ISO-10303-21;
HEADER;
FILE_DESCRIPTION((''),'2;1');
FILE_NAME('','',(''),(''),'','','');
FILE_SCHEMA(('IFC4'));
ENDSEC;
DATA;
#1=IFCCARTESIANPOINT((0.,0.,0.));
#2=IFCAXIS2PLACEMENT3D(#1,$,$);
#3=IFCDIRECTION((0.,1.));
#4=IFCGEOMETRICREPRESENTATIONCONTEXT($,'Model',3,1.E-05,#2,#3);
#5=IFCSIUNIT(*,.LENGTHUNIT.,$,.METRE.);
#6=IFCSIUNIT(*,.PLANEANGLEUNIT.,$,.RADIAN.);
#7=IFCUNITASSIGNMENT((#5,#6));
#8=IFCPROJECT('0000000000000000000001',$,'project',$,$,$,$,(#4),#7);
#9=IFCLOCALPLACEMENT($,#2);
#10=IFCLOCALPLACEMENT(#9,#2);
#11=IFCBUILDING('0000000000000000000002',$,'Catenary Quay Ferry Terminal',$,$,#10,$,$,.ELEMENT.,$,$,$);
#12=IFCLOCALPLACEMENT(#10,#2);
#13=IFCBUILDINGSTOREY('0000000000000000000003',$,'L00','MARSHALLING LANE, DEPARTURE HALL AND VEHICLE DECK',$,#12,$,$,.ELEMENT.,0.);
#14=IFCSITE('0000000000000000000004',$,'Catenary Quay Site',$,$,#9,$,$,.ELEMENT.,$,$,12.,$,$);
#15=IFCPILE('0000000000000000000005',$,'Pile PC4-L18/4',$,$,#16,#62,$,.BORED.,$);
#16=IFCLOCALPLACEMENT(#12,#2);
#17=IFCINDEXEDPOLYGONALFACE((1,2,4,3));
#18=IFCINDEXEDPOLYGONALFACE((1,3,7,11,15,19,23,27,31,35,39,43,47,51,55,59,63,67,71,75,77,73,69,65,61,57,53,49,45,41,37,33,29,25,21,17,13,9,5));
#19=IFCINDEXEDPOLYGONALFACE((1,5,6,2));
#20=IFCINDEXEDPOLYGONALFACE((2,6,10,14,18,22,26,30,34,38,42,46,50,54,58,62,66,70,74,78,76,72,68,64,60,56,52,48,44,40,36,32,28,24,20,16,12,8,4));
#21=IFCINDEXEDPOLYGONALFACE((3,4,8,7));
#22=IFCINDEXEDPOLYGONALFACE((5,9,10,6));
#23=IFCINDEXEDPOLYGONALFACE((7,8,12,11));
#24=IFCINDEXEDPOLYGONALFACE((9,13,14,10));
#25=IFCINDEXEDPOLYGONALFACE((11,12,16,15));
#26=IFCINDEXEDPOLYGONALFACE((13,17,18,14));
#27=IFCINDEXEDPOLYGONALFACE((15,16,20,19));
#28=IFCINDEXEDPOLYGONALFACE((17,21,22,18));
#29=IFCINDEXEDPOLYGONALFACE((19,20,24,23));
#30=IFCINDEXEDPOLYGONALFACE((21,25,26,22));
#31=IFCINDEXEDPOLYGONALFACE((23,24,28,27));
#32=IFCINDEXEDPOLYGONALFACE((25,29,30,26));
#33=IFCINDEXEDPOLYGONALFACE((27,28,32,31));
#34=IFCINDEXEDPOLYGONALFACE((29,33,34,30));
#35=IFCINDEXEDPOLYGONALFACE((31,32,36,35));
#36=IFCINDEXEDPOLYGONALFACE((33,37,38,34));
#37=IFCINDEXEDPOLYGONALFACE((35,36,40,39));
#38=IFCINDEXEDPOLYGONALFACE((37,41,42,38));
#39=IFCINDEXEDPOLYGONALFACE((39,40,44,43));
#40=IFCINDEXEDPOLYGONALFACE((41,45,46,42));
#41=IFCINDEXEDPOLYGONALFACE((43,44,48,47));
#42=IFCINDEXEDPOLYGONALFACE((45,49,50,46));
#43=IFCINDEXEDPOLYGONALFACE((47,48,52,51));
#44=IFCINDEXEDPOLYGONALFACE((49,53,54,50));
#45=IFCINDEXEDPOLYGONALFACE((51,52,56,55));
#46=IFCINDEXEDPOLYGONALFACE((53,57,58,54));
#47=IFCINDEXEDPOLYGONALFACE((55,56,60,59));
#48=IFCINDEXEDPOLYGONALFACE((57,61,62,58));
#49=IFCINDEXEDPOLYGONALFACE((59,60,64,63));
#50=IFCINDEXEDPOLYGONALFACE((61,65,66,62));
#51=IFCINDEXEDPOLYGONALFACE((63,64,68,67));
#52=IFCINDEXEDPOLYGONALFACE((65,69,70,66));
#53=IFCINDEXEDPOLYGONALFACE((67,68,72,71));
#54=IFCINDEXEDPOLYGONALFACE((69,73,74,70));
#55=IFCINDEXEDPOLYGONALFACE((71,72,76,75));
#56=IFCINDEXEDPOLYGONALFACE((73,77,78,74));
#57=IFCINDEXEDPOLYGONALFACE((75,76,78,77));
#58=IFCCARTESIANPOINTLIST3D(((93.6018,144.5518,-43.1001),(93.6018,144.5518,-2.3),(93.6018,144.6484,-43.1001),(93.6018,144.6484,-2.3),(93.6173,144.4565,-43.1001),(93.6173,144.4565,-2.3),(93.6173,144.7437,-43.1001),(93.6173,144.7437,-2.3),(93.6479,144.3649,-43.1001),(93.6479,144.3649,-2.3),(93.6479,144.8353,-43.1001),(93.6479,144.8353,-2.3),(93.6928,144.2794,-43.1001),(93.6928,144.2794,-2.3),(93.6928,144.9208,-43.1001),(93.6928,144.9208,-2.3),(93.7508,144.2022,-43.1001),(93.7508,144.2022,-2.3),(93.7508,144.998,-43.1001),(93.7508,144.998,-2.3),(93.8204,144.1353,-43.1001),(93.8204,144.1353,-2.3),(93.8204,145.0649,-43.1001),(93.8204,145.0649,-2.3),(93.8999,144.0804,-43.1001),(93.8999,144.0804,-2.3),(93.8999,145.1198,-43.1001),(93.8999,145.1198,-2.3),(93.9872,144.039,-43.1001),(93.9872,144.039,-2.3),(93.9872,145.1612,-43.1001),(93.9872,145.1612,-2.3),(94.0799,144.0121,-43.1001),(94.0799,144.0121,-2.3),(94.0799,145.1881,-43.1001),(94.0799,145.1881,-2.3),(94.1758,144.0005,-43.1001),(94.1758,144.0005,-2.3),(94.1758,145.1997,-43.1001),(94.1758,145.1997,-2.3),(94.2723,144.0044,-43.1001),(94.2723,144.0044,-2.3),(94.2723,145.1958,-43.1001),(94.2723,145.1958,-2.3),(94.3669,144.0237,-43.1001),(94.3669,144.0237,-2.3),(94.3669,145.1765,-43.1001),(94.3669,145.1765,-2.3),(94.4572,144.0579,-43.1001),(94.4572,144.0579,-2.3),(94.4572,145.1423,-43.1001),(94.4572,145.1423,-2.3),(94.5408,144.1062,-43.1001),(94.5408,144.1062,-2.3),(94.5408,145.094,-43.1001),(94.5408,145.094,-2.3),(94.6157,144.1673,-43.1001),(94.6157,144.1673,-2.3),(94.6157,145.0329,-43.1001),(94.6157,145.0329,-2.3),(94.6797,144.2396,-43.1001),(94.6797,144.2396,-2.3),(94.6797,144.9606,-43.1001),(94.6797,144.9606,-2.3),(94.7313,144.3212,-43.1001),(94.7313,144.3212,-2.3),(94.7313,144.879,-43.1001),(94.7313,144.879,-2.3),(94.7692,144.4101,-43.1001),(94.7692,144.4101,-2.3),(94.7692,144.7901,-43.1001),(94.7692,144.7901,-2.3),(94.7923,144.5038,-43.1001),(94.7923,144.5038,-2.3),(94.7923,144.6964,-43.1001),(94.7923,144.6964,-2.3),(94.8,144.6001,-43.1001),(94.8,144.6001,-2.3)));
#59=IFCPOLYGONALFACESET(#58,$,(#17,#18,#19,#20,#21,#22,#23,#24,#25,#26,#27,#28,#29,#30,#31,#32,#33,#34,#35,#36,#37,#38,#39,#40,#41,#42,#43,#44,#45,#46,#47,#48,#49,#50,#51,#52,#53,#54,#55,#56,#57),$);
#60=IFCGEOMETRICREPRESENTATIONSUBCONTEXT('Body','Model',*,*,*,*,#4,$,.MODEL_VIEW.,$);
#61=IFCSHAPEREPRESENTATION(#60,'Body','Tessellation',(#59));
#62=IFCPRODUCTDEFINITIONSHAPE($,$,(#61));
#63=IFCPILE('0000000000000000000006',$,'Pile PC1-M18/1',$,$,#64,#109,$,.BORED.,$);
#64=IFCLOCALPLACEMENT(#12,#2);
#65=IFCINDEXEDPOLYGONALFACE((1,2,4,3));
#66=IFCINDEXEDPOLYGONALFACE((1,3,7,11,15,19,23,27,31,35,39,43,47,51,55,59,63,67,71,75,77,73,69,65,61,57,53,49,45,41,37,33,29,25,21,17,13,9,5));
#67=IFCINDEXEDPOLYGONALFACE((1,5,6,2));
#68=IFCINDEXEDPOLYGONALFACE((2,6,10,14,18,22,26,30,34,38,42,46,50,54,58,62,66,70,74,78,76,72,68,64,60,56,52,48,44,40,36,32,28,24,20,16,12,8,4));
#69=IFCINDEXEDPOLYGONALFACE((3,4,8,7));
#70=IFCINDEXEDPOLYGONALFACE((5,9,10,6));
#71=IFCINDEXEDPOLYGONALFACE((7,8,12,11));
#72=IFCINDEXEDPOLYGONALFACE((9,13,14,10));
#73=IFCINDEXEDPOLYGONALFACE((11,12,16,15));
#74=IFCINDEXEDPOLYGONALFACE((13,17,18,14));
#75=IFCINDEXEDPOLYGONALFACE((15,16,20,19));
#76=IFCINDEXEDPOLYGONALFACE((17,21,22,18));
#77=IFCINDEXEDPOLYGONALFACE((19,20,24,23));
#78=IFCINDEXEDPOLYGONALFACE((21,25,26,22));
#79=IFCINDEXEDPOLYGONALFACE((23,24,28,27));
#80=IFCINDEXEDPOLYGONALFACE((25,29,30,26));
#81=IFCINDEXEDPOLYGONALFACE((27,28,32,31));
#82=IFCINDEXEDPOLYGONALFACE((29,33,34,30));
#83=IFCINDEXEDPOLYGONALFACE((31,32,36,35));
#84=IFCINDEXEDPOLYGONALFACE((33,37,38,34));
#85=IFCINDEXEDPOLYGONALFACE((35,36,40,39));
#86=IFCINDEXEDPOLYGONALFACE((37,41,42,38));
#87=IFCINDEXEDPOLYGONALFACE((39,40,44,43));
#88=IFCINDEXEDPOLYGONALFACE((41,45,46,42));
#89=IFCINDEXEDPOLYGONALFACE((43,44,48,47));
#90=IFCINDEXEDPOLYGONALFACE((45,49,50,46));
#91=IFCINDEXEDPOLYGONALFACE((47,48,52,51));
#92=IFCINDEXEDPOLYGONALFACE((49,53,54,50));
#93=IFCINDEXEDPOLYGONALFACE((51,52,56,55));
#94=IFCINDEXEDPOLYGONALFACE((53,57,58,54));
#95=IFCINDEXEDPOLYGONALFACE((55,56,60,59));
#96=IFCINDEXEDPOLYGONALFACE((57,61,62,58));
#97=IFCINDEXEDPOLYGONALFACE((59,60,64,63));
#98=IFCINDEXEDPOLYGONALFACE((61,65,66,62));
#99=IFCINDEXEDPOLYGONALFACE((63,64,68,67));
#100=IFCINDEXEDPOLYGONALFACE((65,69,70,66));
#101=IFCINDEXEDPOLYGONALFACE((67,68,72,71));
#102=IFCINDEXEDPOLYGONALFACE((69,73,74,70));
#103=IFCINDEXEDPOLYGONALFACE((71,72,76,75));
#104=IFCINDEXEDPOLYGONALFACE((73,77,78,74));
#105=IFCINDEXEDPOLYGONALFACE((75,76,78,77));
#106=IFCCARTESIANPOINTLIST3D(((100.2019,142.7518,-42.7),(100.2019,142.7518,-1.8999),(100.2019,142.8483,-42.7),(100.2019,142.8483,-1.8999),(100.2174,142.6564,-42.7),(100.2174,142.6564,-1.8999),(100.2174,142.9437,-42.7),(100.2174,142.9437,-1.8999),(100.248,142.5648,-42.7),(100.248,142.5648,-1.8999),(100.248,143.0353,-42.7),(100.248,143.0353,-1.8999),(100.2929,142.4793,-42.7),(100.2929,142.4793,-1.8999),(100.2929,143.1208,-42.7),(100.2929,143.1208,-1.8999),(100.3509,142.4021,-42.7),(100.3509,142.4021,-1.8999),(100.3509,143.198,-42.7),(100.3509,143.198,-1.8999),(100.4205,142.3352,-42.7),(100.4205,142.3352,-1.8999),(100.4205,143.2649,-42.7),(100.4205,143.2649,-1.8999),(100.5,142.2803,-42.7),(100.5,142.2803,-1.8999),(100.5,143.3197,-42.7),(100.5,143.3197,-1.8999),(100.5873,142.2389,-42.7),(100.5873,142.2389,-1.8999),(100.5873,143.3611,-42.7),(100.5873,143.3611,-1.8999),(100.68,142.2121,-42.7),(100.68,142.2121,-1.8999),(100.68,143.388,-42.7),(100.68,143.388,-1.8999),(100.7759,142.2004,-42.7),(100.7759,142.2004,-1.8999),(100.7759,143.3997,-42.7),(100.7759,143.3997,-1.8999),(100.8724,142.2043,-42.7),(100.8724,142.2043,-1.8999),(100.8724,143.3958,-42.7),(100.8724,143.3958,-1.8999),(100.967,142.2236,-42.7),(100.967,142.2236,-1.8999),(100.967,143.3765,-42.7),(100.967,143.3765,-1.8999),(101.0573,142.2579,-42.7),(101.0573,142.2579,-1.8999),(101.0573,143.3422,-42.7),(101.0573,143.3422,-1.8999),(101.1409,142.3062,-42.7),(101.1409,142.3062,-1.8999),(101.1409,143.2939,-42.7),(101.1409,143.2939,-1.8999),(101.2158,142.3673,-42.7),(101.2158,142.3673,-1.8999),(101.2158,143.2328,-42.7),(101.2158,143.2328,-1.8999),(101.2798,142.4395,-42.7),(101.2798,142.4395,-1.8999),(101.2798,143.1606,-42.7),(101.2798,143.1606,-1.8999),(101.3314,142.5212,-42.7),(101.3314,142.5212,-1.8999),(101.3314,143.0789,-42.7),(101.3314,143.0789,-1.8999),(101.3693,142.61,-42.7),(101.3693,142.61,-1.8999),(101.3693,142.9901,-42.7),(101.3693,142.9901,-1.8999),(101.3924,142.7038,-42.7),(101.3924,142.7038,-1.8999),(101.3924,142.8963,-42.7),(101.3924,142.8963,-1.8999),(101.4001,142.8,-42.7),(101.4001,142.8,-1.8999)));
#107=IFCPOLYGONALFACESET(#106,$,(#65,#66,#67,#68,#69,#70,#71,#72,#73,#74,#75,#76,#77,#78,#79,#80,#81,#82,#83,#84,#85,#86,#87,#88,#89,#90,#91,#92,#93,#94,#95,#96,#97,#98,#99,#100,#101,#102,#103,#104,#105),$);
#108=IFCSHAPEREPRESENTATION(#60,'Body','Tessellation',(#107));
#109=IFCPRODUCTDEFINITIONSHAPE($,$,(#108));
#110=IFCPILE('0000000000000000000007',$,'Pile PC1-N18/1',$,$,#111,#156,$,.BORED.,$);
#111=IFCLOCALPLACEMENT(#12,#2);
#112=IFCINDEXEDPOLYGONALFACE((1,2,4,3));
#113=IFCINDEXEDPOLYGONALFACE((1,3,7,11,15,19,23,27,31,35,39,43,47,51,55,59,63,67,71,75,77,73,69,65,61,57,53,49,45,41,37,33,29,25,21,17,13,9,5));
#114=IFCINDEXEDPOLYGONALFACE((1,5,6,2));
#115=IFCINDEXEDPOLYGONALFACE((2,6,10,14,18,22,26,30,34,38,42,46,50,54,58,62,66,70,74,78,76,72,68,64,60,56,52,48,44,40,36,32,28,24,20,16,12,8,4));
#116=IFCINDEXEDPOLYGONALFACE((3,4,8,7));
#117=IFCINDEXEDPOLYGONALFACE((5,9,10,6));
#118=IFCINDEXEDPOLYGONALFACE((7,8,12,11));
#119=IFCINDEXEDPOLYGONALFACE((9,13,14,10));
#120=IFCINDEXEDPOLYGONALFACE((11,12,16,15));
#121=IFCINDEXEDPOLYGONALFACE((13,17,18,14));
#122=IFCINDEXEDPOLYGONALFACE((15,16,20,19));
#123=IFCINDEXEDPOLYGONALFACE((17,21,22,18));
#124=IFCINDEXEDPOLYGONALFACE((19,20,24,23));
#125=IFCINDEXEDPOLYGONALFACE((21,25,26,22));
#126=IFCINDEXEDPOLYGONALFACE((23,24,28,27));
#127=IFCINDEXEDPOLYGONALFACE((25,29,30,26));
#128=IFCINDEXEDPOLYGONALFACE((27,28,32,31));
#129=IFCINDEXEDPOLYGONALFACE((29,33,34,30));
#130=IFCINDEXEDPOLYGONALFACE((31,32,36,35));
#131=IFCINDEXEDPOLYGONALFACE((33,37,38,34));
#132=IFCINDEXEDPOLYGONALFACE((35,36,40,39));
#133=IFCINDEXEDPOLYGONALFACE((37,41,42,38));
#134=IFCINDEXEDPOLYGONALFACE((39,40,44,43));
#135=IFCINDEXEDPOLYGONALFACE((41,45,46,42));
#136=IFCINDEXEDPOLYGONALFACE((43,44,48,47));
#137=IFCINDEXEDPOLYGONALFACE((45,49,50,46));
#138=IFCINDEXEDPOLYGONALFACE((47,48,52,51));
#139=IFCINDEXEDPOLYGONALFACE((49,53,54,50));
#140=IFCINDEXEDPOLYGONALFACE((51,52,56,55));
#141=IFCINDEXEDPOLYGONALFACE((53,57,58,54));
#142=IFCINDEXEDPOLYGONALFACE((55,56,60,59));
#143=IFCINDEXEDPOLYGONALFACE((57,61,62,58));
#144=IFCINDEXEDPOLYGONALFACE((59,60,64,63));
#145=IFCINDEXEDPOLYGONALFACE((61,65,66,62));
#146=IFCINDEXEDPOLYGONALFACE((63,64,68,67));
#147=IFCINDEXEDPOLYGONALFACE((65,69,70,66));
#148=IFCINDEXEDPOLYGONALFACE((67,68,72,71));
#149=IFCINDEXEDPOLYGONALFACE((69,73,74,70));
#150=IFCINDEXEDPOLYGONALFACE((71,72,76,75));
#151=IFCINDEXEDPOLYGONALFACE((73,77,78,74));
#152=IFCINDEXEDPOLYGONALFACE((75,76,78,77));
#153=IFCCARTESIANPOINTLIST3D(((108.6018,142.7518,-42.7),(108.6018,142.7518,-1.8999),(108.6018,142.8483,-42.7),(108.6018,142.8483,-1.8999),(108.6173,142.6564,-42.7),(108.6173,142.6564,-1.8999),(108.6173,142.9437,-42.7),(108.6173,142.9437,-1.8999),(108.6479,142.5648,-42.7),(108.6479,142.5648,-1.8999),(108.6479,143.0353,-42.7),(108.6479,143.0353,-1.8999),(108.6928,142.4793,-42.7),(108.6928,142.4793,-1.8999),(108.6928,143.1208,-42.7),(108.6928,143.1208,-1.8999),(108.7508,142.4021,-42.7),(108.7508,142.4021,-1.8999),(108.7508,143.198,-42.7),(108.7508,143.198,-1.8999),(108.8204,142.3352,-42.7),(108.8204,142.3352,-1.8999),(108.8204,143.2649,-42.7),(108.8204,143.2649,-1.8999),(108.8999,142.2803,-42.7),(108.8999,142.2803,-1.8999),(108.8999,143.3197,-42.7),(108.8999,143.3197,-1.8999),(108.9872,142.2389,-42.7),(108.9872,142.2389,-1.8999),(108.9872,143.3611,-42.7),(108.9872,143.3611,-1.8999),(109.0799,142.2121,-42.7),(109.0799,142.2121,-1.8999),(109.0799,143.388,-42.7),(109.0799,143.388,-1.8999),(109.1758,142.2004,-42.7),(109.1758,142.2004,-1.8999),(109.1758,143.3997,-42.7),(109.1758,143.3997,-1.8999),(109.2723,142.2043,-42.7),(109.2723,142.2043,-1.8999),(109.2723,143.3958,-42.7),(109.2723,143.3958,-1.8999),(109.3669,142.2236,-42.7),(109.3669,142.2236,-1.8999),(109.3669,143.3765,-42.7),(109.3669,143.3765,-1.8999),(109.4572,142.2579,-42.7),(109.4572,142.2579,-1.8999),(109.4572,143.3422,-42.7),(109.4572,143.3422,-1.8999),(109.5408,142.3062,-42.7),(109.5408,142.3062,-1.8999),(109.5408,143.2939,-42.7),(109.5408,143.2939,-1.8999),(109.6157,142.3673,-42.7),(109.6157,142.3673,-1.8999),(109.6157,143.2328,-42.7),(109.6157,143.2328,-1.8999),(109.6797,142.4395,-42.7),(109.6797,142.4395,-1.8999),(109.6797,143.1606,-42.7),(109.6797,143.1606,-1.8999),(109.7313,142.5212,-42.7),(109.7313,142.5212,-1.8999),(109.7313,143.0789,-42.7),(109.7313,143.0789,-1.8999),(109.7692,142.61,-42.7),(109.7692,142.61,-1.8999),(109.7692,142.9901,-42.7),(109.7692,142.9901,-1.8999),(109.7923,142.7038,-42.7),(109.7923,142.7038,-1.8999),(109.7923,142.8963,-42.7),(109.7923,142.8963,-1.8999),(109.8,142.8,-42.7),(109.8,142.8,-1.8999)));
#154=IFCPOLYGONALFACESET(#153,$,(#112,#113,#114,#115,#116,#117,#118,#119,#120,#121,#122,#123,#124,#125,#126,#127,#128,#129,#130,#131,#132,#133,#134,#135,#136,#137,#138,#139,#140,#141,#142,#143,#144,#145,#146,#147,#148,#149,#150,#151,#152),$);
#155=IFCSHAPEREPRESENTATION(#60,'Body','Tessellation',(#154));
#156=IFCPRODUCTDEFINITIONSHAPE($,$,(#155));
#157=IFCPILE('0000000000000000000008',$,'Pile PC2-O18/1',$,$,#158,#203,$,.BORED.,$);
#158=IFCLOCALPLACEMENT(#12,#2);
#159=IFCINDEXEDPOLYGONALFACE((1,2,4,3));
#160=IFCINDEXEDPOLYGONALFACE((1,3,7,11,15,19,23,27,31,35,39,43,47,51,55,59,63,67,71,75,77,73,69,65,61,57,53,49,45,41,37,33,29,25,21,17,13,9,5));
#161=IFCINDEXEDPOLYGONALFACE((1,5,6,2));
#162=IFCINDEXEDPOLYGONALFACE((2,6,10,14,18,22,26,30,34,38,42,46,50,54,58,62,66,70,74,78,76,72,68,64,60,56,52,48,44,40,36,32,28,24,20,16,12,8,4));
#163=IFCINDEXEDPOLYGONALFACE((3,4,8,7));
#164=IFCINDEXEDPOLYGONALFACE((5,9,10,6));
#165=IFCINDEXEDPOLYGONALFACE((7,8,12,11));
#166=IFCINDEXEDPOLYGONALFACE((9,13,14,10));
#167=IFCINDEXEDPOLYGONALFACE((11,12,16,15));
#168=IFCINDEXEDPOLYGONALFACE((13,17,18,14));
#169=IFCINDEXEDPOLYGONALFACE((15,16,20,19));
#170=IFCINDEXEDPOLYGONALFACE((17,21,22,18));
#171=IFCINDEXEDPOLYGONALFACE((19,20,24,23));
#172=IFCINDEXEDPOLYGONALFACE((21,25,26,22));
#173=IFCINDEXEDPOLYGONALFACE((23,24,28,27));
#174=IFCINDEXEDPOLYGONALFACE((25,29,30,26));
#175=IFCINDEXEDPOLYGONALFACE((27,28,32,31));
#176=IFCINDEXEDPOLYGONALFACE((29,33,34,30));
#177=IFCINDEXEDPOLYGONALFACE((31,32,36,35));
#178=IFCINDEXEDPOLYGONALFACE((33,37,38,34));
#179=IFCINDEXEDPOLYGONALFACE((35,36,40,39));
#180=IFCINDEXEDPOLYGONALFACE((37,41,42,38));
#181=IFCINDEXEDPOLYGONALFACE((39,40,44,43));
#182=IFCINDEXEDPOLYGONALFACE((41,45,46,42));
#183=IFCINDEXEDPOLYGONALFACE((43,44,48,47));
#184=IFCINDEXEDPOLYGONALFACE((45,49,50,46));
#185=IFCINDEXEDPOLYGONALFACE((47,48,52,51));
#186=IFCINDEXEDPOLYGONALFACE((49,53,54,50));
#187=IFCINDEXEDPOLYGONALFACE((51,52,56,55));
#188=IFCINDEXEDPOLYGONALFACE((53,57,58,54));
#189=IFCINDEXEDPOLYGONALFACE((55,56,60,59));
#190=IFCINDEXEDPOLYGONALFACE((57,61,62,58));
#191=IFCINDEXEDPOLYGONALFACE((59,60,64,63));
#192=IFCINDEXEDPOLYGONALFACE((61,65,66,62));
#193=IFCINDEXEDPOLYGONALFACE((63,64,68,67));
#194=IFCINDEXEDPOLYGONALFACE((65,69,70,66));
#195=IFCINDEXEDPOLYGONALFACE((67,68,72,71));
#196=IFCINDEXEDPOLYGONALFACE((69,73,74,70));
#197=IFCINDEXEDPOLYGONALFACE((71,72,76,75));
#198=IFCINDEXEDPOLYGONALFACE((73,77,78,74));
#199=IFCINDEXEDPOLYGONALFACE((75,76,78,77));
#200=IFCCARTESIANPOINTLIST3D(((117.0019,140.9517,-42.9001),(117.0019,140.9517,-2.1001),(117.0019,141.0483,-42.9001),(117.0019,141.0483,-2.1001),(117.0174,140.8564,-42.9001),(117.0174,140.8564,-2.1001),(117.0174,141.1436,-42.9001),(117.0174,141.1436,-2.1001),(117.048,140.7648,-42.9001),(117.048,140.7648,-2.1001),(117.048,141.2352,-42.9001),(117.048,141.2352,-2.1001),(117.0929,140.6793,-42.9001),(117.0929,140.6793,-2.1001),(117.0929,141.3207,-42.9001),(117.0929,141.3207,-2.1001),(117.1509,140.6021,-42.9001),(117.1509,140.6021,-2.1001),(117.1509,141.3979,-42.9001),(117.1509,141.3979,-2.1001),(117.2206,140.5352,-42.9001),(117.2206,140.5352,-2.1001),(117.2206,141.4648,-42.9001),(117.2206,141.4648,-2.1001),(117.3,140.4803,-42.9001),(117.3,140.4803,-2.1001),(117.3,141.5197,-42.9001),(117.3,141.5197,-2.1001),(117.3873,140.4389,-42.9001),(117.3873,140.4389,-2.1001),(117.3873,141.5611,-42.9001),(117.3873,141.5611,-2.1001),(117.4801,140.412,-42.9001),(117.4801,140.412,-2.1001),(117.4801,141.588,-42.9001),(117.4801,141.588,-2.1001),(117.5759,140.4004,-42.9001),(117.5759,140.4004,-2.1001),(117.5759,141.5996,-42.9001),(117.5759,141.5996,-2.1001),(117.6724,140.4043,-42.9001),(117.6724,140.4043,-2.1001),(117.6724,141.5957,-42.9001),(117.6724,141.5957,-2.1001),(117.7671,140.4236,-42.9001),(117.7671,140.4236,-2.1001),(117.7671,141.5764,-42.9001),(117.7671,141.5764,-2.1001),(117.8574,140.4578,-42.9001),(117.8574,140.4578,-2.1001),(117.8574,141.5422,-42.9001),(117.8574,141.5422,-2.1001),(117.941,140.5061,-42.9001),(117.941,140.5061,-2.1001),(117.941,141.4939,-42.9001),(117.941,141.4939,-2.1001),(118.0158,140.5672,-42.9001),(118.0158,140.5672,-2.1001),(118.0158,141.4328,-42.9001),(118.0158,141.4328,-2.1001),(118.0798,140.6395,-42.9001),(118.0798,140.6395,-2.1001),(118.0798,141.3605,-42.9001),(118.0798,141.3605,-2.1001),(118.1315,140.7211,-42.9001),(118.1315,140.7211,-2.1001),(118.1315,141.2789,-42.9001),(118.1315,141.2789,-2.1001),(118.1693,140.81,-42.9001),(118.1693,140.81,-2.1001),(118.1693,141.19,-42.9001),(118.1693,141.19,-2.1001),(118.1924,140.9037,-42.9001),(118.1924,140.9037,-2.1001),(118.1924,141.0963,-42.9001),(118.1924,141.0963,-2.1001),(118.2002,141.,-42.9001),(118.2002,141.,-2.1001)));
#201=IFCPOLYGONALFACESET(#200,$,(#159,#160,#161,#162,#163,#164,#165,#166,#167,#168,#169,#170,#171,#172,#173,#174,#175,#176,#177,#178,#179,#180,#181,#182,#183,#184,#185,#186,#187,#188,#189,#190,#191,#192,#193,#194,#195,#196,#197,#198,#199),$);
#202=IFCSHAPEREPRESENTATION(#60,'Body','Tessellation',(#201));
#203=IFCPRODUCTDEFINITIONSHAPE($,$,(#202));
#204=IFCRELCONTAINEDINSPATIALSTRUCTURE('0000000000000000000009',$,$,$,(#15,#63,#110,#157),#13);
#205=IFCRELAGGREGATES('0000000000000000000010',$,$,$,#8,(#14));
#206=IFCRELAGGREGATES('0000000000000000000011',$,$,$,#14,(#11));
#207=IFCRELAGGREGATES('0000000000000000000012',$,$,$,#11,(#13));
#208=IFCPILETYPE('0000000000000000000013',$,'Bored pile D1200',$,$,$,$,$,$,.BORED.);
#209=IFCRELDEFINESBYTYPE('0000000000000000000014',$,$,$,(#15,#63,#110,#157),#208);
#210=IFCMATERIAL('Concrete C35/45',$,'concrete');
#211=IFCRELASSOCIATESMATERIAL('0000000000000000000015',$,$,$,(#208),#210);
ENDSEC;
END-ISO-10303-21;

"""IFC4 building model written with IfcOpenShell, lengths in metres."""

from ifc_helpers import new_model, si_unit, direction, frame, origin, origin_2d, place, context, subcontext, project, spatial, circle, extrude, material, material_profile, profile_set, type_object, element, save


model = new_model("IFC4")

# Units and contexts
model_context = context("Model", 3, precision=1e-05, world=origin(), true_north=direction((0.0, 1.0)))
body_context = subcontext(model_context, "Body", "Model", "MODEL_VIEW")
ifc_project = project(units=[si_unit("LENGTHUNIT", "METRE"), si_unit("PLANEANGLEUNIT", "RADIAN")], contexts=[model_context])

# Site, building, storey
site_placement = place(None, origin())
site = spatial("IfcSite", under=ifc_project, at=site_placement, Name="Catenary Quay Site", CompositionType="ELEMENT", RefElevation=12.0)
building_placement = place(site_placement, origin())
building = spatial("IfcBuilding", under=site, at=building_placement, Name="Catenary Quay Ferry Terminal", CompositionType="ELEMENT")
storey_placement = place(building_placement, origin())
storey = spatial("IfcBuildingStorey", under=building, at=storey_placement, Name="L00", Description="MARSHALLING LANE, DEPARTURE HALL AND VEHICLE DECK", CompositionType="ELEMENT", Elevation=0.0)

# Piles
ifc_material_1 = material(Name="Concrete C35/45", Category="concrete")
ifc_material_profile_1 = material_profile(ifc_material_1, circle(Radius=0.6001, at=origin_2d()), Name="D1200")
ifc_profile_set_1 = profile_set([ifc_material_profile_1], Name="Concrete C35/45")
pile_type = type_object("IfcPileType", Name="Bored pile D1200", PredefinedType="BORED", material=ifc_profile_set_1)
for number, where, z_axis, x_axis, name in (
    (1, (94.2, 144.6001, -2.3), (0.0, 0.0, -1.0), (1.0, 0.0, 0.0), "Pile PC4-L18/4"),
    (2, (100.8, 142.8, -1.8999), (0.0, 0.0, -1.0), (1.0, 0.0, 0.0), "Pile PC1-M18/1"),
    (3, (109.2, 142.8, -1.8999), (0.0, 0.0, -1.0), (1.0, 0.0, 0.0), "Pile PC1-N18/1"),
    (4, (117.6001, 141.0, -2.1001), (0.0, 0.0, -1.0), (1.0, 0.0, 0.0), "Pile PC2-O18/1"),
):
    element("IfcPile", number, at=place(storey_placement, frame(where, z_axis=z_axis, x_axis=x_axis)), inside=storey, type_object=pile_type, Name=name, PredefinedType="BORED", context=body_context, shape_type="SweptSolid", body=[
        extrude(circle(Radius=0.6001, at=origin_2d()), origin(), (0.0, 0.0, 1.0), 40.8),
    ])

save(model, "model.ifc")
